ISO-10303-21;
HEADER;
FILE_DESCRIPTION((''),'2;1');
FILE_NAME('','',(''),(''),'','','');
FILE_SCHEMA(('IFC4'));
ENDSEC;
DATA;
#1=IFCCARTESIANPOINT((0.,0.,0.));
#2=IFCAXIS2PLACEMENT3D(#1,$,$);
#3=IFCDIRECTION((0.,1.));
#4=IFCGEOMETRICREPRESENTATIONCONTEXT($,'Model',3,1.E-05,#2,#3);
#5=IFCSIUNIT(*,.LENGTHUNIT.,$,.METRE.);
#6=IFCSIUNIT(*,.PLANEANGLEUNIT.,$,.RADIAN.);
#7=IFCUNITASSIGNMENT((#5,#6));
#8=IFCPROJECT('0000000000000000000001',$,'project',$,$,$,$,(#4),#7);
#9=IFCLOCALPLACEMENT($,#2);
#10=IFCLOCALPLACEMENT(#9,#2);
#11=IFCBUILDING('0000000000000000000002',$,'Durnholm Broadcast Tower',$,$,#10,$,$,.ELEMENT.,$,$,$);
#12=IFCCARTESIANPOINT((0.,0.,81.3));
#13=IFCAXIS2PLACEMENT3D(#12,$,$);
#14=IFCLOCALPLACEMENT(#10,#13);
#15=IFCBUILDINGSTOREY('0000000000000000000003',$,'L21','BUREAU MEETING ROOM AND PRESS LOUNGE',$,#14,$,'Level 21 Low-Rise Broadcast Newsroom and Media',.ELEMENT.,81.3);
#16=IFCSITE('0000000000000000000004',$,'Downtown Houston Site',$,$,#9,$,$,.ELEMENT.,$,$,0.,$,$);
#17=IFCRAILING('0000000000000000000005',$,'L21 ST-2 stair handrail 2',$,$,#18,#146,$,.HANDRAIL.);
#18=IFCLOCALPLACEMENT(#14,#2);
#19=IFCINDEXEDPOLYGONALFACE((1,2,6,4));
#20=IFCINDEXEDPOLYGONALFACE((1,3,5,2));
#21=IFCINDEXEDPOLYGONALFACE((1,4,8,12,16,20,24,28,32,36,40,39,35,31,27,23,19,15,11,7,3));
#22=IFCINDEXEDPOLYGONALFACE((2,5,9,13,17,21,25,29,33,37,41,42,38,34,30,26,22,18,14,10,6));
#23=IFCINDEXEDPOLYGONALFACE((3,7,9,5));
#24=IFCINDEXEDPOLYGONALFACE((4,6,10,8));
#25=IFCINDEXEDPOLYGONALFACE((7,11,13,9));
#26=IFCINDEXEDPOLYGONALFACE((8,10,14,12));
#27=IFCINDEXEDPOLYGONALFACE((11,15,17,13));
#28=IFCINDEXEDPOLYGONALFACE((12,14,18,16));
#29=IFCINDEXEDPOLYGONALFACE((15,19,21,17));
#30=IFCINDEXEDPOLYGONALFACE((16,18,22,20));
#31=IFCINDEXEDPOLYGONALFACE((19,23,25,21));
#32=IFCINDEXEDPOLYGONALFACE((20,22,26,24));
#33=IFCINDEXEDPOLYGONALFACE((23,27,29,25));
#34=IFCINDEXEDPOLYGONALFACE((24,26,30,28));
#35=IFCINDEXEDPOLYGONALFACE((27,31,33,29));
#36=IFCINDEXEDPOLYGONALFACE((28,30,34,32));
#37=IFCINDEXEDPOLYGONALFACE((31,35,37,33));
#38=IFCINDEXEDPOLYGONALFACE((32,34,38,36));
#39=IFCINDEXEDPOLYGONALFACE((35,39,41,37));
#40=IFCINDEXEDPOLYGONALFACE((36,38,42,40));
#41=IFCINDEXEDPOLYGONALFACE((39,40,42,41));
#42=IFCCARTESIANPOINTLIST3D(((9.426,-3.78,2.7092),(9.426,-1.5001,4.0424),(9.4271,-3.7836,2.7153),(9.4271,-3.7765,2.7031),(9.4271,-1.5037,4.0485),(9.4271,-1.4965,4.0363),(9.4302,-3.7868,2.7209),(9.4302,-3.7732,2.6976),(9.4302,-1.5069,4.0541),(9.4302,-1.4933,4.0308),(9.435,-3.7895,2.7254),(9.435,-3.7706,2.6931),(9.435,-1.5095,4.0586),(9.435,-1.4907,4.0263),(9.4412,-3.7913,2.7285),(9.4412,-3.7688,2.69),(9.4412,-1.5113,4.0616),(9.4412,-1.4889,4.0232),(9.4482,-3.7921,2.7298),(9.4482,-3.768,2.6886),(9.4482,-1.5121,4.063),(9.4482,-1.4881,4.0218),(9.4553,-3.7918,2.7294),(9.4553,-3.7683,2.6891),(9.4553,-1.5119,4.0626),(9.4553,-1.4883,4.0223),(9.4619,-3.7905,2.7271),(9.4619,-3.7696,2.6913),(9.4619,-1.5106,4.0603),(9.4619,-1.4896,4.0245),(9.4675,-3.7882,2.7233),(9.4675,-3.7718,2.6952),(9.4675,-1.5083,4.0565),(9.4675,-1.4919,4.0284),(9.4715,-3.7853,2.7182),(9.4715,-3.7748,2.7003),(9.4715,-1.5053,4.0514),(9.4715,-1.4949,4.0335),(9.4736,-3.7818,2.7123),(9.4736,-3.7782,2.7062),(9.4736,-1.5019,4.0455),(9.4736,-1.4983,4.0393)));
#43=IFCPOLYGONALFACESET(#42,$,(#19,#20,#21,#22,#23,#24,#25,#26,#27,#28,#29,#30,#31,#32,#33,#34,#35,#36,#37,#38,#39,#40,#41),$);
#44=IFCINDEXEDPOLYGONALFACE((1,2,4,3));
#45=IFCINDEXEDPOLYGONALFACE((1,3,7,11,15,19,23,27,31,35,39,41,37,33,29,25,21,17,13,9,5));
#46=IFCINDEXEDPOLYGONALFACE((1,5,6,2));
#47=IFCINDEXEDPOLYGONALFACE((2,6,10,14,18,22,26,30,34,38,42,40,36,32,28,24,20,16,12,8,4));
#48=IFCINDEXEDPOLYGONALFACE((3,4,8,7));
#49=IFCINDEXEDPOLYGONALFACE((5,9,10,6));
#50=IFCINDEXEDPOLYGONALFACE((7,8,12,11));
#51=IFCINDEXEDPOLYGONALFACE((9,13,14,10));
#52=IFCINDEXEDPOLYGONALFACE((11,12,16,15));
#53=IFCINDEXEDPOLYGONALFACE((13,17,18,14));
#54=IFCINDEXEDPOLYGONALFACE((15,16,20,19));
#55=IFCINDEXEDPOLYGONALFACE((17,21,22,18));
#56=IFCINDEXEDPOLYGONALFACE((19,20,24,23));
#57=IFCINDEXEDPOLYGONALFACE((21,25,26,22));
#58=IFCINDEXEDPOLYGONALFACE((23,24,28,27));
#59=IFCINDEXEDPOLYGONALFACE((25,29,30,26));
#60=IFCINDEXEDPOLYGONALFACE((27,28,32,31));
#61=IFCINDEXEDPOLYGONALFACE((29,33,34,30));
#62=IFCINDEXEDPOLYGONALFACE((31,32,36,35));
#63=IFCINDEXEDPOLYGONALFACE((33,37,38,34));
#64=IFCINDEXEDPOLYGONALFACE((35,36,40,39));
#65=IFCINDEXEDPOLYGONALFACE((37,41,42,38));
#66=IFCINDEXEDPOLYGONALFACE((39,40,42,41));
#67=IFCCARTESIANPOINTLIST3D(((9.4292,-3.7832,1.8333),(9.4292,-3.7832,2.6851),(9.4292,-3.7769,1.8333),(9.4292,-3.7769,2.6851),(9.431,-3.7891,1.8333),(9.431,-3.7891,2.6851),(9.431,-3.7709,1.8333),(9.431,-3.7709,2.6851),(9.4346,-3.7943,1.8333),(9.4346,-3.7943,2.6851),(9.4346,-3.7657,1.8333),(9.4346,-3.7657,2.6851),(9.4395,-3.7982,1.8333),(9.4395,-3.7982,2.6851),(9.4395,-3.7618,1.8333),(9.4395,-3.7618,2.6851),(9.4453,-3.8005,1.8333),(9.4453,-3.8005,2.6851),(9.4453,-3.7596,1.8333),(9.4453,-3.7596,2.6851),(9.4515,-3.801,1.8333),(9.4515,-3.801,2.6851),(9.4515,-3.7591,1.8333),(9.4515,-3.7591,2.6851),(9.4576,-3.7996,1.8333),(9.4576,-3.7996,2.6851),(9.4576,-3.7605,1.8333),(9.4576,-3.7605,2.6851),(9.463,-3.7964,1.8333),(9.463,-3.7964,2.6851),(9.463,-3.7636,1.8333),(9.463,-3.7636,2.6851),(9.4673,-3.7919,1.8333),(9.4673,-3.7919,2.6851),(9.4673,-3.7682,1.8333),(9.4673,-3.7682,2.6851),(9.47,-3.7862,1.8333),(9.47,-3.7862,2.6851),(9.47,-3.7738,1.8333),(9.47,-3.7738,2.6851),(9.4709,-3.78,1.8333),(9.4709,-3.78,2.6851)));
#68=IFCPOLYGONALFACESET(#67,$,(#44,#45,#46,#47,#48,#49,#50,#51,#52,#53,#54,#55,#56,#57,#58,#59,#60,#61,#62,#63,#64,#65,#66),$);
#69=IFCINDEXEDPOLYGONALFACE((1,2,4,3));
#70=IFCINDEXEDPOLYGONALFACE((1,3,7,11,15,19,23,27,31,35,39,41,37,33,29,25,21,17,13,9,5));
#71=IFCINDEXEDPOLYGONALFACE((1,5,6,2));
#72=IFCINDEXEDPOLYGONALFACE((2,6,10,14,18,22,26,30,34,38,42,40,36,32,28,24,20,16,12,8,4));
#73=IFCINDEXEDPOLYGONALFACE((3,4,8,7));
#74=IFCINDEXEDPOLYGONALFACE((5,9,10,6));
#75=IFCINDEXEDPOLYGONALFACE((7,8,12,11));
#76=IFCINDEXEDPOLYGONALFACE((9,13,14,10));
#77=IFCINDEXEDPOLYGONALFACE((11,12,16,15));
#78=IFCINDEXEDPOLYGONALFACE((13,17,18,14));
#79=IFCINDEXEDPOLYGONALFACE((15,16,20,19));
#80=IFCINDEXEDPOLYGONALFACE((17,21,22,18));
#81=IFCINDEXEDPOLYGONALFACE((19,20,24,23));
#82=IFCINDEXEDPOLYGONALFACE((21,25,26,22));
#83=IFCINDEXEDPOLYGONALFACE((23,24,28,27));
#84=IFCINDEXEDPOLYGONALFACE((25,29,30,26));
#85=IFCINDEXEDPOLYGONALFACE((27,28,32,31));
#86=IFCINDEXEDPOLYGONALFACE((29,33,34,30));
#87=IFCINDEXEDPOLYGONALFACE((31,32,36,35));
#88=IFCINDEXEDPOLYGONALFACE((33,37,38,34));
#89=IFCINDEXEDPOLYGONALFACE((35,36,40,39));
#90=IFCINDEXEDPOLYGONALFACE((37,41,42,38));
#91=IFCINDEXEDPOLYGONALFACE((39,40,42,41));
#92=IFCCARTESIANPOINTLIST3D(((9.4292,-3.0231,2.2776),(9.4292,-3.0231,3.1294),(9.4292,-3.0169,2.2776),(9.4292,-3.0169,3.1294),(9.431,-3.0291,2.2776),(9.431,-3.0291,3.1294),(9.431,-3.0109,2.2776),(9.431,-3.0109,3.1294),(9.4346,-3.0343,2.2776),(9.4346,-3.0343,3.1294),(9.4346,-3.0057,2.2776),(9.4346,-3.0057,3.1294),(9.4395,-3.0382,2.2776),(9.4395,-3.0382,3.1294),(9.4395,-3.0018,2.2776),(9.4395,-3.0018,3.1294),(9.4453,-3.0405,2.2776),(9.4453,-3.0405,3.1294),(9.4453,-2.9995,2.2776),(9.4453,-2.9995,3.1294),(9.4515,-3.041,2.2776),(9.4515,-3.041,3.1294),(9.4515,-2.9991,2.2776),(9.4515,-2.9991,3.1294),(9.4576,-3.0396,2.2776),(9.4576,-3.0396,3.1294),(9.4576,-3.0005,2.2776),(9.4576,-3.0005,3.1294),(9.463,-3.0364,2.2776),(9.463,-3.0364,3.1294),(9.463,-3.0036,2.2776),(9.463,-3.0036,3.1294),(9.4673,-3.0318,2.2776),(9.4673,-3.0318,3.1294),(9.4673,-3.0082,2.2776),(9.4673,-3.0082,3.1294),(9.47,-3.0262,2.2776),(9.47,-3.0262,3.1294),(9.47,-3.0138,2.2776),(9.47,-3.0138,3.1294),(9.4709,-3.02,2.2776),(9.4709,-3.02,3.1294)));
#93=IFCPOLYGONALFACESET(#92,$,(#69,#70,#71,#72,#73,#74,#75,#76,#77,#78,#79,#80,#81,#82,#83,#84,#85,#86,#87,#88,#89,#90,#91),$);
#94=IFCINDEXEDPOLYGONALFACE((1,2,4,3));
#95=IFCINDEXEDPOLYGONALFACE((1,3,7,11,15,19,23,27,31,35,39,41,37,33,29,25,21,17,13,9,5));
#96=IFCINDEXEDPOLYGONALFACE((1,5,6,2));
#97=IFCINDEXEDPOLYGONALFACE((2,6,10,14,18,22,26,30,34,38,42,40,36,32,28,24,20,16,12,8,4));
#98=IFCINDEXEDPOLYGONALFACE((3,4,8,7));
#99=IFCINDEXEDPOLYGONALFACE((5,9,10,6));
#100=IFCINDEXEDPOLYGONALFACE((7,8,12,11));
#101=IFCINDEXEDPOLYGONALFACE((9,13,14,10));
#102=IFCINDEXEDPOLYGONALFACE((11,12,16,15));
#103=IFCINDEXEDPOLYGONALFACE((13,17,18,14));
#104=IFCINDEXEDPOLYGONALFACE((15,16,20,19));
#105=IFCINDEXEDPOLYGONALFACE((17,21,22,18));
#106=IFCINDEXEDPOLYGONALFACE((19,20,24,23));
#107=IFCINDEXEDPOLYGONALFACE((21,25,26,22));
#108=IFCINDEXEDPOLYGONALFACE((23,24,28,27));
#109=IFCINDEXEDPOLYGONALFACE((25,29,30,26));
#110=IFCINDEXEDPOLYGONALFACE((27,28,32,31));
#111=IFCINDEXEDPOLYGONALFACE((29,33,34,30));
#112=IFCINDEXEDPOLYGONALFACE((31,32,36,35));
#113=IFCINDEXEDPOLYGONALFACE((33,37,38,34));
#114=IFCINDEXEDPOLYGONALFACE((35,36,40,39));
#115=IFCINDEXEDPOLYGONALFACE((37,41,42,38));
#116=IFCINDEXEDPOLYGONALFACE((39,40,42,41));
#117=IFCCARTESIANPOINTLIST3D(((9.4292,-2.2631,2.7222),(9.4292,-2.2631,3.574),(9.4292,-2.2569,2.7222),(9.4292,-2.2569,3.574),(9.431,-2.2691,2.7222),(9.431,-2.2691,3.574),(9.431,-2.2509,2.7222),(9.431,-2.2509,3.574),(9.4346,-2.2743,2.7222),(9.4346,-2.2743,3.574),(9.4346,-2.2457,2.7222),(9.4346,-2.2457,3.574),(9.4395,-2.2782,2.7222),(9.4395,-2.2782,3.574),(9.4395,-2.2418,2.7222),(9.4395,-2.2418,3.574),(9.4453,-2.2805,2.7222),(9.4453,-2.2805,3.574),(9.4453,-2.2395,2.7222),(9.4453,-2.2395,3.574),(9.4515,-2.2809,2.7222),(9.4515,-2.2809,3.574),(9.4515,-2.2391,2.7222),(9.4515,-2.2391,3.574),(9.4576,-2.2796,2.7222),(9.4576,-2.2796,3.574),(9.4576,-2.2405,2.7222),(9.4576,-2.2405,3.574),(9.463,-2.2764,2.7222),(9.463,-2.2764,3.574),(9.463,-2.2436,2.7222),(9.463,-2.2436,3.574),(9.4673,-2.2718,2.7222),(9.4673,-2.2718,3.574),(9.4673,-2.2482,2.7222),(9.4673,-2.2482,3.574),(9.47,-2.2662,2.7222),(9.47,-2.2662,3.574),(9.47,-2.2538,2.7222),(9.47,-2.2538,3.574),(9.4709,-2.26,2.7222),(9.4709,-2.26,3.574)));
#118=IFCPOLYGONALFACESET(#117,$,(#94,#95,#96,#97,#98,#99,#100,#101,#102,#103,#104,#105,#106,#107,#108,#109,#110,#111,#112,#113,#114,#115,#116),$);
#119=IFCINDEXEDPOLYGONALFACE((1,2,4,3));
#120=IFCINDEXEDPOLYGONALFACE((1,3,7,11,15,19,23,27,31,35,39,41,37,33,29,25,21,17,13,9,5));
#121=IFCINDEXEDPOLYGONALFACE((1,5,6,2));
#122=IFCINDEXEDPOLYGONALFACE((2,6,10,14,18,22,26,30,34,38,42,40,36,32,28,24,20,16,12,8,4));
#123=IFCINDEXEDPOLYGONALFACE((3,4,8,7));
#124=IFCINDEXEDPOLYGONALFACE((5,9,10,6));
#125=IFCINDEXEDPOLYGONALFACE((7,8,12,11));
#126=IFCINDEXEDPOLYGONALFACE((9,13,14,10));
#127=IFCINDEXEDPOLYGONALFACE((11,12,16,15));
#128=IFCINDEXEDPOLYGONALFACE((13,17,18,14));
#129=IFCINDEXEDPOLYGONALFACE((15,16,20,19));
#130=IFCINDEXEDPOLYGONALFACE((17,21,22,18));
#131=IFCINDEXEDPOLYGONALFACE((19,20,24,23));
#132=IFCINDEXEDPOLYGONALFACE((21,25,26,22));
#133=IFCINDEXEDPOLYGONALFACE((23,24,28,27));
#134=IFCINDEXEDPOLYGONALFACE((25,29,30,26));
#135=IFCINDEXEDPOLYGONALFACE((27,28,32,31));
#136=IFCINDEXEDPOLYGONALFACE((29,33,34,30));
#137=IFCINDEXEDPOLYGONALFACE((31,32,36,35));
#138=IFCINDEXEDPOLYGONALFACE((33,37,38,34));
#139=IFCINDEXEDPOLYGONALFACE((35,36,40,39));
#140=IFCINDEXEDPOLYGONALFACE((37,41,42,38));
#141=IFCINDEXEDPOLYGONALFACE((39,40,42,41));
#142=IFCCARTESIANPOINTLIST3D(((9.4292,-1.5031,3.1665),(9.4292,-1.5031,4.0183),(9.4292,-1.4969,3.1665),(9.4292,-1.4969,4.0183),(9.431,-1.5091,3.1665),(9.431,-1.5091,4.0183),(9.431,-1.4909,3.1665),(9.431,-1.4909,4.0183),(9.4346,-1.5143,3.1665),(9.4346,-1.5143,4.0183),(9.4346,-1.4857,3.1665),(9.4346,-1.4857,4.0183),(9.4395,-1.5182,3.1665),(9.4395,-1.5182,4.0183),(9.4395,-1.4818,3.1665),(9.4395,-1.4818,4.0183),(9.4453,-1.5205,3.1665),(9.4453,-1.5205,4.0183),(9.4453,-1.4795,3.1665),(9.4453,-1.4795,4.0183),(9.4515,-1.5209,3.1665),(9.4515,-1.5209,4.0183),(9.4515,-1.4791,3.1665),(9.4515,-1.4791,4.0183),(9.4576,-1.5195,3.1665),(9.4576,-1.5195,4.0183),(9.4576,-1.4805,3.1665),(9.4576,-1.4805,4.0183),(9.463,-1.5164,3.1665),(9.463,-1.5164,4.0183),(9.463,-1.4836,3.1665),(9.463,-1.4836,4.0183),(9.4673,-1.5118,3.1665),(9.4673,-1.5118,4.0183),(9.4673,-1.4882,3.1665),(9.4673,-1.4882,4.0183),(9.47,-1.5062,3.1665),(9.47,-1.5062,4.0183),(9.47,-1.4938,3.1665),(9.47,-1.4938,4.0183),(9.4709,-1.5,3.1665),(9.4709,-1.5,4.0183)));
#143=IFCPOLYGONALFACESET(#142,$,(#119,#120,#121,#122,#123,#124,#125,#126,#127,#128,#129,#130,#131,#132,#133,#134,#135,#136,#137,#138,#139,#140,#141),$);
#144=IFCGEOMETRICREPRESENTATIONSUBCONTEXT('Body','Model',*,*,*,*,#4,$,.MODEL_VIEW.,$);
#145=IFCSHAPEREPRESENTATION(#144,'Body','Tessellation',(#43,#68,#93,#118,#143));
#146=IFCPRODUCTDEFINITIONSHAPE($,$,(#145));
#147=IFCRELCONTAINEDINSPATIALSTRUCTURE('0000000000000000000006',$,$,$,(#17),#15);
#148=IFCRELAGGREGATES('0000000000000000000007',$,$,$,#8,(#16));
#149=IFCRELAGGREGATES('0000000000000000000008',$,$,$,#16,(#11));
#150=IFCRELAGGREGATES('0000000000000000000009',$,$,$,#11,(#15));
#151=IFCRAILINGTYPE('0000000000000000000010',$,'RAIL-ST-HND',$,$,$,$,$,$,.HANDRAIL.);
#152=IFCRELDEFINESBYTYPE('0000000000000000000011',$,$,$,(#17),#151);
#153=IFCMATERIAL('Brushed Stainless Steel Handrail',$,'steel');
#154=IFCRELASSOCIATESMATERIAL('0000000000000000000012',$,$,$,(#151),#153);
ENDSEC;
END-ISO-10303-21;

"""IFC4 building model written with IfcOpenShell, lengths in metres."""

from ifc_helpers import new_model, si_unit, direction, frame, origin, origin_2d, place, context, subcontext, project, spatial, circle, extrude, material, type_object, element, save


model = new_model("IFC4")

# Units and contexts
model_context = context("Model", 3, precision=1e-05, world=origin(), true_north=direction((0.0, 1.0)))
body_context = subcontext(model_context, "Body", "Model", "MODEL_VIEW")
ifc_project = project(units=[si_unit("LENGTHUNIT", "METRE"), si_unit("PLANEANGLEUNIT", "RADIAN")], contexts=[model_context])

# Site, building, storey
site_placement = place(None, origin())
site = spatial("IfcSite", under=ifc_project, at=site_placement, Name="Downtown Houston Site", CompositionType="ELEMENT", RefElevation=0.0)
building_placement = place(site_placement, origin())
building = spatial("IfcBuilding", under=site, at=building_placement, Name="Durnholm Broadcast Tower", CompositionType="ELEMENT")
storey_placement = place(building_placement, frame((0.0, 0.0, 81.3)))
storey = spatial("IfcBuildingStorey", under=building, at=storey_placement, Name="L21", Description="BUREAU MEETING ROOM AND PRESS LOUNGE", LongName="Level 21 Low-Rise Broadcast Newsroom and Media", CompositionType="ELEMENT", Elevation=81.3)

# Railing
ifc_material_1 = material(Name="Brushed Stainless Steel Handrail", Category="steel")
railing_type_1 = type_object("IfcRailingType", Name="RAIL-ST-HND", PredefinedType="HANDRAIL", material=ifc_material_1)
railing_1_placement = place(storey_placement, frame((9.45, -3.78, 1.8333)))
element("IfcRailing", 1, at=railing_1_placement, inside=storey, type_object=railing_type_1, Name="L21 ST-2 stair handrail 2", PredefinedType="HANDRAIL", context=body_context, shape_type="SweptSolid", body=[
    extrude(circle(Radius=0.0239, at=origin_2d()), frame((0.0, 0.0, 0.876), z_axis=(0.0, 0.863245, 0.504785), x_axis=(-1.0, 0.0, 0.0)), (0.0, 0.0, 1.0), 2.6411),
    extrude(circle(Radius=0.021, at=origin_2d()), origin(), (0.0, 0.0, 1.0), 0.8518),
    extrude(circle(Radius=0.021, at=origin_2d()), frame((0.0, 0.76, 0.4443)), (0.0, 0.0, 1.0), 0.8518),
    extrude(circle(Radius=0.021, at=origin_2d()), frame((0.0, 1.52, 0.8889)), (0.0, 0.0, 1.0), 0.8518),
    extrude(circle(Radius=0.021, at=origin_2d()), frame((0.0, 2.28, 1.3333)), (0.0, 0.0, 1.0), 0.8518),
])

save(model, "model.ifc")
